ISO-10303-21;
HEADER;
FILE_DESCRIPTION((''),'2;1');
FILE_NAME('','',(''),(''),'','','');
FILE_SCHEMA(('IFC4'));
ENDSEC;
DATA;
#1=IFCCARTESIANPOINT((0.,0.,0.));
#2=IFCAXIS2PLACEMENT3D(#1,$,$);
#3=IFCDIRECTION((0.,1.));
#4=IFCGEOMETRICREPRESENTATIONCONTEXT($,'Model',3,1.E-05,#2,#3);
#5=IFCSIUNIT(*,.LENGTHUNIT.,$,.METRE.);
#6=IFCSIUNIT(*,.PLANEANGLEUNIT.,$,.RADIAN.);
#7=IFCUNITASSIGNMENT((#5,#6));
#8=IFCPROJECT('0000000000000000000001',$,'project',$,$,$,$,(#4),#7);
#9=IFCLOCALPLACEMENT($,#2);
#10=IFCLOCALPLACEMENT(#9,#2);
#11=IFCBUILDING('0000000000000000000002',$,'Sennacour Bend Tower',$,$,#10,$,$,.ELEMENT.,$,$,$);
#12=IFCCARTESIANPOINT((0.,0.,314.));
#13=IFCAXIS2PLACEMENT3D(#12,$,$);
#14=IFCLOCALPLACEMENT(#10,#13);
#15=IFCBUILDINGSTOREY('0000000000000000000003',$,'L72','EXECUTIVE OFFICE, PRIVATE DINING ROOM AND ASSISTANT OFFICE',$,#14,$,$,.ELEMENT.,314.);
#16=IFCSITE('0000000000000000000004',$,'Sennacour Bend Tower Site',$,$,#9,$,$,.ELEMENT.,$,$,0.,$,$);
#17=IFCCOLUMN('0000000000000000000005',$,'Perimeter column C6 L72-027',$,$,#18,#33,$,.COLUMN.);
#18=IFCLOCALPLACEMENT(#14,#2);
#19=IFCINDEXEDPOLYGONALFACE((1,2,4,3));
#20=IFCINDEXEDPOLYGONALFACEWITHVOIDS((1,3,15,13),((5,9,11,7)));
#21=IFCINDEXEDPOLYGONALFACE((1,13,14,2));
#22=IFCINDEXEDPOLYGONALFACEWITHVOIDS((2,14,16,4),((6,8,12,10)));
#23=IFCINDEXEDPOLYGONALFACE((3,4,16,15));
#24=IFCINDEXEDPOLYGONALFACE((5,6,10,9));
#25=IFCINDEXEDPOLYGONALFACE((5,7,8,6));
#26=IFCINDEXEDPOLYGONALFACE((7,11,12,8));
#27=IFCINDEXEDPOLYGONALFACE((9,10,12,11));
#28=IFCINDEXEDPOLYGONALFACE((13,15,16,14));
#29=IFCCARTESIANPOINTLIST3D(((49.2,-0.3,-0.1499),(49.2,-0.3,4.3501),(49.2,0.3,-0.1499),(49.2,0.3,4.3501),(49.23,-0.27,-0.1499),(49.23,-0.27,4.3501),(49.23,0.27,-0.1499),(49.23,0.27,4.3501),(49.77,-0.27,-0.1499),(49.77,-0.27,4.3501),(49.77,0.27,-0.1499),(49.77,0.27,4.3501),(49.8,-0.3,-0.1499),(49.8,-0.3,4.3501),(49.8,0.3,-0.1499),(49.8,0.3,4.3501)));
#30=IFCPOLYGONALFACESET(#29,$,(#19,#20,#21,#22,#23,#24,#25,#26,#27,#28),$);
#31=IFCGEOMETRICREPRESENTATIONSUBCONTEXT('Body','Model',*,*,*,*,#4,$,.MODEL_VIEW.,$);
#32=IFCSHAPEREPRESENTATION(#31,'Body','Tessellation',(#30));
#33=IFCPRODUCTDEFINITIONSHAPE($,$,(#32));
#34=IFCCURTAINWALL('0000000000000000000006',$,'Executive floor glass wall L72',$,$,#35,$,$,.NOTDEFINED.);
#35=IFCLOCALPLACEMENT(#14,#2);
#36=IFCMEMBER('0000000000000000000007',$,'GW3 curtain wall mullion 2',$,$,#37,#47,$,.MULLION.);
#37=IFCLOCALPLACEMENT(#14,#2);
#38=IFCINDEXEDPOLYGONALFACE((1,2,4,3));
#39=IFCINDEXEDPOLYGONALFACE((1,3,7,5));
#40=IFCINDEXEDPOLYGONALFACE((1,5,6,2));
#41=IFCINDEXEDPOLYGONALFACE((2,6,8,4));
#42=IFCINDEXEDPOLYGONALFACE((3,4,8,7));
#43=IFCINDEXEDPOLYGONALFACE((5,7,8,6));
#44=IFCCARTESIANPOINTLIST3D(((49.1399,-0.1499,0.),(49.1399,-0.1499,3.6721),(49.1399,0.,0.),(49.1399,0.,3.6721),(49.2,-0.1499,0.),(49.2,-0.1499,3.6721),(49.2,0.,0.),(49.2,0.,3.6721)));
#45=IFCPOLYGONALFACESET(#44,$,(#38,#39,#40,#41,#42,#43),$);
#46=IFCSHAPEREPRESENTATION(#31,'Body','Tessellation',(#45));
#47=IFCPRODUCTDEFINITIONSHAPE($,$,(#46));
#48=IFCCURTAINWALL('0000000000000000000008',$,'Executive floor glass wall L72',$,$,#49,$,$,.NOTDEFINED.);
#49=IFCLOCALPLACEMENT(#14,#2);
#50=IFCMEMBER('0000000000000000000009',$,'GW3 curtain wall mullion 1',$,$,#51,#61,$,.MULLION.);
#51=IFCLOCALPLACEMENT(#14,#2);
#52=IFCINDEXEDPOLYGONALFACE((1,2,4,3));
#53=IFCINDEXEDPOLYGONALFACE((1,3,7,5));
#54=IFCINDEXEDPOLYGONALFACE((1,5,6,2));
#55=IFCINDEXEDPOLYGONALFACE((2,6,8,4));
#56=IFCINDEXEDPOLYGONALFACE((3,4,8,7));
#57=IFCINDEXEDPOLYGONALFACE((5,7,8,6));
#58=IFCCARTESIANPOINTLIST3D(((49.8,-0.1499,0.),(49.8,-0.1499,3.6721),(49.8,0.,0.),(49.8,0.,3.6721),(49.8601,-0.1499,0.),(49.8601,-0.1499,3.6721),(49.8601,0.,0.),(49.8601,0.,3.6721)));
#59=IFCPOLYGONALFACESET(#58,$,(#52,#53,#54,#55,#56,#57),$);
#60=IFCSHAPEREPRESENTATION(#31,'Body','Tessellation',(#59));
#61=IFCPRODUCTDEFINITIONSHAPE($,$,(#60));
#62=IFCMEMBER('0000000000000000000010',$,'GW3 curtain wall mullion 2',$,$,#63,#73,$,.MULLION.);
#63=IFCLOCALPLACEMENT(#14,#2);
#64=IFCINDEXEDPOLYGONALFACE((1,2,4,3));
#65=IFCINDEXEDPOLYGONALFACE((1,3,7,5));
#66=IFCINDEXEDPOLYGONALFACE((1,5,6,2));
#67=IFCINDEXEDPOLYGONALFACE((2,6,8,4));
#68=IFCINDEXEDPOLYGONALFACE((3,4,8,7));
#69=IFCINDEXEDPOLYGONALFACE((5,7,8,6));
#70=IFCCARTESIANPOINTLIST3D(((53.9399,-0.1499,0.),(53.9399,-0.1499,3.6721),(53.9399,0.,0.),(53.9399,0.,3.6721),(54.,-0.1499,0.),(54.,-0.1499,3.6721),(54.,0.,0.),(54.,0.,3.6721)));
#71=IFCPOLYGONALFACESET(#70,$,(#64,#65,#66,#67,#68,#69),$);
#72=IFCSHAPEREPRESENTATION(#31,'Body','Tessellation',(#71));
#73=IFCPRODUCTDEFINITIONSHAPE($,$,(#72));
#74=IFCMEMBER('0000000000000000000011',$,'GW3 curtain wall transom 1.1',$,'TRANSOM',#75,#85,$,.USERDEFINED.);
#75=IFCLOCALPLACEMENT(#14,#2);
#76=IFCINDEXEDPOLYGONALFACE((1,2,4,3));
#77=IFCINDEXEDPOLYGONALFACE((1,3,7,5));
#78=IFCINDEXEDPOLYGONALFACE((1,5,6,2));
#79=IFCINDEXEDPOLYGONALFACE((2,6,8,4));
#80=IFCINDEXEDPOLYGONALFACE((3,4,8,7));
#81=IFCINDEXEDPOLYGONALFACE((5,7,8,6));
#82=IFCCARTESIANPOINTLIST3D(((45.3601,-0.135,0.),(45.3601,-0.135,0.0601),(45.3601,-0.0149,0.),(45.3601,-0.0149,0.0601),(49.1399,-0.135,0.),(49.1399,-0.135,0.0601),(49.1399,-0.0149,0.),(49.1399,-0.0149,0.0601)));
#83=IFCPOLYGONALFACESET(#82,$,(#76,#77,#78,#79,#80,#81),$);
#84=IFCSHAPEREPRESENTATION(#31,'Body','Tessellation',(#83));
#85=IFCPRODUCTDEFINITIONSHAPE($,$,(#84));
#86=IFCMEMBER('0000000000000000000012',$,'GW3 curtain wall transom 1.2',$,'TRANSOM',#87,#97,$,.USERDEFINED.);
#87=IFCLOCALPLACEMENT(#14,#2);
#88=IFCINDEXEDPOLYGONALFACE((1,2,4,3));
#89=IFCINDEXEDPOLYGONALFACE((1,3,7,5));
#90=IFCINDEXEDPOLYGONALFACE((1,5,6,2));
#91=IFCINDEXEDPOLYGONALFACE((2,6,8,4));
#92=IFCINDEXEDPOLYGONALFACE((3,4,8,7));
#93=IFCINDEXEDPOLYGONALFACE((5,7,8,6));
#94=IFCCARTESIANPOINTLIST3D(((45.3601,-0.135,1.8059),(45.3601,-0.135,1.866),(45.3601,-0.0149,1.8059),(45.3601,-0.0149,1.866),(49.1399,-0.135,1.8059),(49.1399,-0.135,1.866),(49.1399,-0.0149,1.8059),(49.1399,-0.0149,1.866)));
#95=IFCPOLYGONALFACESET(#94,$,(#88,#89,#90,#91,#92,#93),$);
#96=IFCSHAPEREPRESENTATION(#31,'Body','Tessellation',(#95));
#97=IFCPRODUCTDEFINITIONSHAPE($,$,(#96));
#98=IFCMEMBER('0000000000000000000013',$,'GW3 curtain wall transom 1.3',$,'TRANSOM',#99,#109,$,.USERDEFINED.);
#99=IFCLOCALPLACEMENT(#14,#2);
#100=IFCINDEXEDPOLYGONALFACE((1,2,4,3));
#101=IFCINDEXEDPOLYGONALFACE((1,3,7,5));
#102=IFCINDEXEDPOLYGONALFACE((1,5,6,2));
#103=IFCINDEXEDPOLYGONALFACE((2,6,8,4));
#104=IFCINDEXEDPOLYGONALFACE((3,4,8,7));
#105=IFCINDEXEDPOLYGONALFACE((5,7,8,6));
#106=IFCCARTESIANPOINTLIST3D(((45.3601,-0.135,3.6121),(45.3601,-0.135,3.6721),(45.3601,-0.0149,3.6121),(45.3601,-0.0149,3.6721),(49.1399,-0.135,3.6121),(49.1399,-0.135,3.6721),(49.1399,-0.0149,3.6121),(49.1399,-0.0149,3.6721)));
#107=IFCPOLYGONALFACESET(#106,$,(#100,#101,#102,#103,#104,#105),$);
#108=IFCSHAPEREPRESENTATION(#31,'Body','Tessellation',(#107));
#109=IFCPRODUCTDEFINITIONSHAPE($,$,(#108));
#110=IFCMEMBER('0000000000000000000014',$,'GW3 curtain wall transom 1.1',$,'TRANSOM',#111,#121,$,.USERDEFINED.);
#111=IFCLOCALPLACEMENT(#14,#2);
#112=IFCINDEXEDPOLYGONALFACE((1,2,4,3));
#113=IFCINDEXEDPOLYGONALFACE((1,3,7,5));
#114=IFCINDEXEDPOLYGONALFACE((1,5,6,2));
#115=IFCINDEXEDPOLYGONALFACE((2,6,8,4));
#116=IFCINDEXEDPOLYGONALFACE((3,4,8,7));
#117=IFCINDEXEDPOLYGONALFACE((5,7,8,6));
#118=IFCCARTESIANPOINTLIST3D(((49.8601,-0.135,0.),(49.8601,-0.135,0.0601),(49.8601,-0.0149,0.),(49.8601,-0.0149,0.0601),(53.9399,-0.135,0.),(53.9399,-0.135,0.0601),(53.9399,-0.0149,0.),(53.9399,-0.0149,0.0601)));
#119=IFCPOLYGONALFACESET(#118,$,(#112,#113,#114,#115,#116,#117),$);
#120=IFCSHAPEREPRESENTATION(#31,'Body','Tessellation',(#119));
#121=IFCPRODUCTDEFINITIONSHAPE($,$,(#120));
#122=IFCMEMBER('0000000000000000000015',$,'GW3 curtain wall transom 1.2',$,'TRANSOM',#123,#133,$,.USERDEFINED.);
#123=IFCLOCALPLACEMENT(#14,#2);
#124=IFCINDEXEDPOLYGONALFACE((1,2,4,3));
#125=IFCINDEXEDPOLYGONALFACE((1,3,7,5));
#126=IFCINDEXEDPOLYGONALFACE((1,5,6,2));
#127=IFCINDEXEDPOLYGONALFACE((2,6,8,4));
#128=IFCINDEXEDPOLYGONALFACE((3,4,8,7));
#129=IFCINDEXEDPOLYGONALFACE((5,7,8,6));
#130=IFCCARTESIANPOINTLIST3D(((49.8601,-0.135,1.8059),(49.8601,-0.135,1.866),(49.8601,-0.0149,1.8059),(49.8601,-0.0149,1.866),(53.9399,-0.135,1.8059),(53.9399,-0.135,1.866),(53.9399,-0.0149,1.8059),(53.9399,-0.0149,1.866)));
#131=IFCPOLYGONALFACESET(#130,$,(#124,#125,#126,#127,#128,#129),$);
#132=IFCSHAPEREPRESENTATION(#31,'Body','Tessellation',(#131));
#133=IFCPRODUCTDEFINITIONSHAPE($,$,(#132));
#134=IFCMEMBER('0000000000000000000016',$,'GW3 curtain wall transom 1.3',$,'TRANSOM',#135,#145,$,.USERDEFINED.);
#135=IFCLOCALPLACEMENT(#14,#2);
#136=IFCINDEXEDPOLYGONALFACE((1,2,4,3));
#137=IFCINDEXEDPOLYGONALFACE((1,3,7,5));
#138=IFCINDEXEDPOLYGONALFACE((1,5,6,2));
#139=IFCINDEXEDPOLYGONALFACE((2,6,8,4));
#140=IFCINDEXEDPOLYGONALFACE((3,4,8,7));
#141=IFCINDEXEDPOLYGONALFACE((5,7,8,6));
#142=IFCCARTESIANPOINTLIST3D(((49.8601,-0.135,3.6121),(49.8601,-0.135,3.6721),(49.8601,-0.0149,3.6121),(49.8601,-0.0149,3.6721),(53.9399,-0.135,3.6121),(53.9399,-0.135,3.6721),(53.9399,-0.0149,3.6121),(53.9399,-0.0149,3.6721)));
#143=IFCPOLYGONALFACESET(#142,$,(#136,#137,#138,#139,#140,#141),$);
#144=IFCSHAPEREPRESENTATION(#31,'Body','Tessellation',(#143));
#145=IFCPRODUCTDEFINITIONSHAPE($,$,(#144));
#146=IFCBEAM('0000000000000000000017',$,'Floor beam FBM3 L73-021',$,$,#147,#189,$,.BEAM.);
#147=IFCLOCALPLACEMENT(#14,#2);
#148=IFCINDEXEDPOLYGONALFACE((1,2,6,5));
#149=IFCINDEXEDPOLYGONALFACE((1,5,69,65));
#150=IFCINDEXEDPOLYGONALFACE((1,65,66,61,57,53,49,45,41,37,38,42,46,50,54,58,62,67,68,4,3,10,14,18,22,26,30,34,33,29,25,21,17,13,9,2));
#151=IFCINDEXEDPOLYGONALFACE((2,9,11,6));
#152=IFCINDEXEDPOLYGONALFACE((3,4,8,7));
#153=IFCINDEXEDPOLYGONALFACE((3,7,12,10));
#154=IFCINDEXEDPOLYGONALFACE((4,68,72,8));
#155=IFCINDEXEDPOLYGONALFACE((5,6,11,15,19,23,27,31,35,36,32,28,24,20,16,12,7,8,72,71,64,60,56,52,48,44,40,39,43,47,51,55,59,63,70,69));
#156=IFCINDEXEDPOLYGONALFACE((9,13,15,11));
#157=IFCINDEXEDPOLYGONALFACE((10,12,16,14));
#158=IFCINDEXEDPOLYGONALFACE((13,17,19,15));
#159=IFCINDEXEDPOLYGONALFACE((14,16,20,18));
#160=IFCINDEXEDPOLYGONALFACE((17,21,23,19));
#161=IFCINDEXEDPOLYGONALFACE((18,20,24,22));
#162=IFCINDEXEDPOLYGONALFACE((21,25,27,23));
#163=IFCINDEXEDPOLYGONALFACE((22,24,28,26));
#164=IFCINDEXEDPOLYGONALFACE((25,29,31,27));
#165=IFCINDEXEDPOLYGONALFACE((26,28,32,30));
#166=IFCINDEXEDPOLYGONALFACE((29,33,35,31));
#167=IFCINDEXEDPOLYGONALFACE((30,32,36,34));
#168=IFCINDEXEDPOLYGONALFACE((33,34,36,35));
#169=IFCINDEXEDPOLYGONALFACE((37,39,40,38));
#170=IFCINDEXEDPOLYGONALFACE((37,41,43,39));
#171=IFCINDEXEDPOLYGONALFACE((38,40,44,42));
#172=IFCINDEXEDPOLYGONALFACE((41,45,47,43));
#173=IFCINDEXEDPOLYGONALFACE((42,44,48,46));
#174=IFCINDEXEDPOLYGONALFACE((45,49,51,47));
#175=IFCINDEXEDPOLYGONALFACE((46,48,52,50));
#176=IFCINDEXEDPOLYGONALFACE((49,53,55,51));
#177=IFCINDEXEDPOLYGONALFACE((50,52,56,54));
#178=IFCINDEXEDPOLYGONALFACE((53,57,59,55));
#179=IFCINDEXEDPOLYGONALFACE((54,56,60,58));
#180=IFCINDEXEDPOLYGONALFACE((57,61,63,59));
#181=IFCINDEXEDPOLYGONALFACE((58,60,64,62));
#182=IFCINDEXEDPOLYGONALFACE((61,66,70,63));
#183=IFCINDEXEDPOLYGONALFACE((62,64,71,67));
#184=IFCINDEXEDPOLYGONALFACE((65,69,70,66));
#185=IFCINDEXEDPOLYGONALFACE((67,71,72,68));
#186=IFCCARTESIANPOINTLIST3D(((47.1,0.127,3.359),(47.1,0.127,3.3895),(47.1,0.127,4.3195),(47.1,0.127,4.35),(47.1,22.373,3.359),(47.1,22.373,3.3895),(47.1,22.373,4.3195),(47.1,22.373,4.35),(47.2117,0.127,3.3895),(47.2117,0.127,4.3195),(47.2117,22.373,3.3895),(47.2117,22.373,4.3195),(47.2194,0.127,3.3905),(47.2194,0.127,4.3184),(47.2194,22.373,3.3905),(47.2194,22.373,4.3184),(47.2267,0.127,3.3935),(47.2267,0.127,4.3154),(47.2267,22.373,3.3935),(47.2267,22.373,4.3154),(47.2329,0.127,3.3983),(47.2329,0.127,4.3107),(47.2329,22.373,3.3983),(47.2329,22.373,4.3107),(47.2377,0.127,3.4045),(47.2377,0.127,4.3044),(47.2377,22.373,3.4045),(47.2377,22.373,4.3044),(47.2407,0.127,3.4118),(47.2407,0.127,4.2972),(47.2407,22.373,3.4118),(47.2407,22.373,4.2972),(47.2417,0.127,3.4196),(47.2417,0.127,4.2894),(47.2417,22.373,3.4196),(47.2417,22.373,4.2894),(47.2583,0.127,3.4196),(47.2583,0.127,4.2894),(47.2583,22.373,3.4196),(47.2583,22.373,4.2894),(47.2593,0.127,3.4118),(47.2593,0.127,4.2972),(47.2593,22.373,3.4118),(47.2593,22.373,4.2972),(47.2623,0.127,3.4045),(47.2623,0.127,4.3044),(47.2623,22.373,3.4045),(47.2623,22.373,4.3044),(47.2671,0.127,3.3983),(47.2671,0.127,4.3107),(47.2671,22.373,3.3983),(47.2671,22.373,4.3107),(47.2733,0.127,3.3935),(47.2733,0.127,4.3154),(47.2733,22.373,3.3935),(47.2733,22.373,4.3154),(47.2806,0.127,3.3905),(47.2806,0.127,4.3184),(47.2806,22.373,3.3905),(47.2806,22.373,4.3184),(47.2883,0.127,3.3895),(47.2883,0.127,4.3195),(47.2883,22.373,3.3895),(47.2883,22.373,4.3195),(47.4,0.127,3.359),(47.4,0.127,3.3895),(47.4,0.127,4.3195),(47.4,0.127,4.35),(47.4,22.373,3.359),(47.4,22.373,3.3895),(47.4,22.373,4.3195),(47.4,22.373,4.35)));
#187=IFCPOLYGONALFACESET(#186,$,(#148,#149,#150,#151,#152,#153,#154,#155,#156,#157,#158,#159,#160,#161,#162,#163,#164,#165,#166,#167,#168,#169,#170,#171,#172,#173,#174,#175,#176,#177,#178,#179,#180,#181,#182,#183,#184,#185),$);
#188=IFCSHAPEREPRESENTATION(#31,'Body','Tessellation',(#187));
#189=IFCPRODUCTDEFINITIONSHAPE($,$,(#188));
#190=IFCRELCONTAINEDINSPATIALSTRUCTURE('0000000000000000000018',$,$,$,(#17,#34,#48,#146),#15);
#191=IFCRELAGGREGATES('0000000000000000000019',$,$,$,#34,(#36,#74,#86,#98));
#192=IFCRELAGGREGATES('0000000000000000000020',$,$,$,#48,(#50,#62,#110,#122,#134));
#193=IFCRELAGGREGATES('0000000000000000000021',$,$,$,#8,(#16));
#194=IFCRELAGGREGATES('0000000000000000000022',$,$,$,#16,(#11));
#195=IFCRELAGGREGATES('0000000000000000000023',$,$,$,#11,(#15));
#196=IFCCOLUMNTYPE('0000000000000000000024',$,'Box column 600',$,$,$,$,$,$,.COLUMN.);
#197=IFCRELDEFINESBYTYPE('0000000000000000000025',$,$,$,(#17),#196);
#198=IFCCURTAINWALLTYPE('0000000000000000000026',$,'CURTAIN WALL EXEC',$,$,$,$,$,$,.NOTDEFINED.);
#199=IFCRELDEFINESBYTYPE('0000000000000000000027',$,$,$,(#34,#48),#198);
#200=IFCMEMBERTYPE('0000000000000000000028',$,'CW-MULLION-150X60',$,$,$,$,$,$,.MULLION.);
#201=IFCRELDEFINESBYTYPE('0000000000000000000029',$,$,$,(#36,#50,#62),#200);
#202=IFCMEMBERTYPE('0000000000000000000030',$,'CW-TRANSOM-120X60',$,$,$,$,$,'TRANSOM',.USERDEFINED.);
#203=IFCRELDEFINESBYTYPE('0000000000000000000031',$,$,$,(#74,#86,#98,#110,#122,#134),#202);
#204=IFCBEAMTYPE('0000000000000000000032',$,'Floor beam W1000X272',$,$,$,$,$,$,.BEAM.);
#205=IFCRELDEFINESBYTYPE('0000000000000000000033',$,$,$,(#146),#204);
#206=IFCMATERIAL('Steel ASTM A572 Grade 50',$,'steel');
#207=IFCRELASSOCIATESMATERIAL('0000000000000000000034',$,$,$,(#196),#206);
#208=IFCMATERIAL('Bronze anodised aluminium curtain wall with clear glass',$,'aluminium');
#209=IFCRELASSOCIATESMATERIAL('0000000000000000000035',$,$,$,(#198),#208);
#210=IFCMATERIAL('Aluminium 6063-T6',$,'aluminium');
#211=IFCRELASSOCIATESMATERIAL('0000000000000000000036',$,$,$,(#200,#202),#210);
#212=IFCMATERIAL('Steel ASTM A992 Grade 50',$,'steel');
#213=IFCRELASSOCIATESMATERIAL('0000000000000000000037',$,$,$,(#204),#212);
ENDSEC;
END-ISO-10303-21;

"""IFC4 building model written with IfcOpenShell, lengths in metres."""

from ifc_helpers import new_model, si_unit, direction, frame, origin, origin_2d, place, context, subcontext, project, spatial, rectangle, hollow_rectangle, i_section, extrude, material, material_profile, profile_set, type_object, element, aggregate, save


model = new_model("IFC4")

# Units and contexts
model_context = context("Model", 3, precision=1e-05, world=origin(), true_north=direction((0.0, 1.0)))
body_context = subcontext(model_context, "Body", "Model", "MODEL_VIEW")
ifc_project = project(units=[si_unit("LENGTHUNIT", "METRE"), si_unit("PLANEANGLEUNIT", "RADIAN")], contexts=[model_context])

# Site, building, storey
site_placement = place(None, origin())
site = spatial("IfcSite", under=ifc_project, at=site_placement, Name="Sennacour Bend Tower Site", CompositionType="ELEMENT", RefElevation=0.0)
building_placement = place(site_placement, origin())
building = spatial("IfcBuilding", under=site, at=building_placement, Name="Sennacour Bend Tower", CompositionType="ELEMENT")
storey_placement = place(building_placement, frame((0.0, 0.0, 314.0)))
storey = spatial("IfcBuildingStorey", under=building, at=storey_placement, Name="L72", Description="EXECUTIVE OFFICE, PRIVATE DINING ROOM AND ASSISTANT OFFICE", CompositionType="ELEMENT", Elevation=314.0)

# Column
ifc_material_1 = material(Name="Steel ASTM A572 Grade 50", Category="steel")
ifc_material_profile_1 = material_profile(ifc_material_1, hollow_rectangle(XDim=0.6001, YDim=0.6001, WallThickness=0.03, at=origin_2d()), Name="Steel ASTM A572 Grade 50", Category="steel")
ifc_profile_set_1 = profile_set([ifc_material_profile_1], Name="Steel ASTM A572 Grade 50")
column_type = type_object("IfcColumnType", Name="Box column 600", PredefinedType="COLUMN", material=ifc_profile_set_1)
column_placement = place(storey_placement, frame((49.5, 0.0, -0.1499), z_axis=(0.0, 0.0, 1.0), x_axis=(1.0, 0.0, 0.0)))
element("IfcColumn", 1, at=column_placement, inside=storey, type_object=column_type, Name="Perimeter column C6 L72-027", PredefinedType="COLUMN", context=body_context, shape_type="SweptSolid", body=[
    extrude(hollow_rectangle(XDim=0.6001, YDim=0.6001, WallThickness=0.03, at=origin_2d()), origin(), (0.0, 0.0, 1.0), 4.5),
])

# Curtain wall, member
ifc_material_2 = material(Name="Bronze anodised aluminium curtain wall with clear glass", Category="aluminium")
curtain_wall_type = type_object("IfcCurtainWallType", Name="CURTAIN WALL EXEC", PredefinedType="NOTDEFINED", material=ifc_material_2)
curtain_wall_1_placement = place(storey_placement, origin())
curtain_wall_1 = element("IfcCurtainWall", 2, at=curtain_wall_1_placement, inside=storey, type_object=curtain_wall_type, Name="Executive floor glass wall L72", PredefinedType="NOTDEFINED")
ifc_material_3 = material(Name="Aluminium 6063-T6", Category="aluminium")
ifc_material_profile_2 = material_profile(ifc_material_3, rectangle(XDim=0.1499, YDim=0.0601, at=origin_2d()), Name="Aluminium 6063-T6", Category="aluminium")
ifc_profile_set_2 = profile_set([ifc_material_profile_2], Name="Aluminium 6063-T6")
member_type_1 = type_object("IfcMemberType", Name="CW-MULLION-150X60", PredefinedType="MULLION", material=ifc_profile_set_2)
member_1_placement = place(storey_placement, frame((49.1699, -0.075, 0.0), z_axis=(0.0, 0.0, 1.0), x_axis=(0.0, 1.0, 0.0)))
member_1 = element("IfcMember", 3, at=member_1_placement, type_object=member_type_1, Name="GW3 curtain wall mullion 2", PredefinedType="MULLION", context=body_context, shape_type="SweptSolid", body=[
    extrude(rectangle(XDim=0.1499, YDim=0.0601, at=origin_2d()), origin(), (0.0, 0.0, 1.0), 3.6721),
])

# Curtain wall, members
curtain_wall_2_placement = place(storey_placement, origin())
curtain_wall_2 = element("IfcCurtainWall", 4, at=curtain_wall_2_placement, inside=storey, type_object=curtain_wall_type, Name="Executive floor glass wall L72", PredefinedType="NOTDEFINED")
member_2_placement = place(storey_placement, frame((49.8301, -0.075, 0.0), z_axis=(0.0, 0.0, 1.0), x_axis=(0.0, 1.0, 0.0)))
member_2 = element("IfcMember", 5, at=member_2_placement, type_object=member_type_1, Name="GW3 curtain wall mullion 1", PredefinedType="MULLION", context=body_context, shape_type="SweptSolid", body=[
    extrude(rectangle(XDim=0.1499, YDim=0.0601, at=origin_2d()), origin(), (0.0, 0.0, 1.0), 3.6721),
])
member_3_placement = place(storey_placement, frame((53.97, -0.075, 0.0), z_axis=(0.0, 0.0, 1.0), x_axis=(0.0, 1.0, 0.0)))
member_3 = element("IfcMember", 6, at=member_3_placement, type_object=member_type_1, Name="GW3 curtain wall mullion 2", PredefinedType="MULLION", context=body_context, shape_type="SweptSolid", body=[
    extrude(rectangle(XDim=0.1499, YDim=0.0601, at=origin_2d()), origin(), (0.0, 0.0, 1.0), 3.6721),
])

# Members
ifc_material_profile_3 = material_profile(ifc_material_3, rectangle(XDim=0.1201, YDim=0.0601, at=origin_2d()), Name="Aluminium 6063-T6", Category="aluminium")
ifc_profile_set_3 = profile_set([ifc_material_profile_3], Name="Aluminium 6063-T6")
member_type_2 = type_object("IfcMemberType", Name="CW-TRANSOM-120X60", ElementType="TRANSOM", PredefinedType="USERDEFINED", material=ifc_profile_set_3)
member_4_placement = place(storey_placement, frame((45.3601, -0.075, 0.03), z_axis=(1.0, 0.0, 0.0), x_axis=(0.0, 1.0, 0.0)))
member_4 = element("IfcMember", 7, at=member_4_placement, type_object=member_type_2, Name="GW3 curtain wall transom 1.1", ObjectType="TRANSOM", PredefinedType="USERDEFINED", context=body_context, shape_type="SweptSolid", body=[
    extrude(rectangle(XDim=0.1201, YDim=0.0601, at=origin_2d()), origin(), (0.0, 0.0, 1.0), 3.7798),
])
member_5_placement = place(storey_placement, frame((45.3601, -0.075, 1.8359), z_axis=(1.0, 0.0, 0.0), x_axis=(0.0, 1.0, 0.0)))
member_5 = element("IfcMember", 8, at=member_5_placement, type_object=member_type_2, Name="GW3 curtain wall transom 1.2", ObjectType="TRANSOM", PredefinedType="USERDEFINED", context=body_context, shape_type="SweptSolid", body=[
    extrude(rectangle(XDim=0.1201, YDim=0.0601, at=origin_2d()), origin(), (0.0, 0.0, 1.0), 3.7798),
])
member_6_placement = place(storey_placement, frame((45.3601, -0.075, 3.6421), z_axis=(1.0, 0.0, 0.0), x_axis=(0.0, 1.0, 0.0)))
member_6 = element("IfcMember", 9, at=member_6_placement, type_object=member_type_2, Name="GW3 curtain wall transom 1.3", ObjectType="TRANSOM", PredefinedType="USERDEFINED", context=body_context, shape_type="SweptSolid", body=[
    extrude(rectangle(XDim=0.1201, YDim=0.0601, at=origin_2d()), origin(), (0.0, 0.0, 1.0), 3.7798),
])
member_7_placement = place(storey_placement, frame((49.8601, -0.075, 0.03), z_axis=(1.0, 0.0, 0.0), x_axis=(0.0, 1.0, 0.0)))
member_7 = element("IfcMember", 10, at=member_7_placement, type_object=member_type_2, Name="GW3 curtain wall transom 1.1", ObjectType="TRANSOM", PredefinedType="USERDEFINED", context=body_context, shape_type="SweptSolid", body=[
    extrude(rectangle(XDim=0.1201, YDim=0.0601, at=origin_2d()), origin(), (0.0, 0.0, 1.0), 4.0798),
])
member_8_placement = place(storey_placement, frame((49.8601, -0.075, 1.8359), z_axis=(1.0, 0.0, 0.0), x_axis=(0.0, 1.0, 0.0)))
member_8 = element("IfcMember", 11, at=member_8_placement, type_object=member_type_2, Name="GW3 curtain wall transom 1.2", ObjectType="TRANSOM", PredefinedType="USERDEFINED", context=body_context, shape_type="SweptSolid", body=[
    extrude(rectangle(XDim=0.1201, YDim=0.0601, at=origin_2d()), origin(), (0.0, 0.0, 1.0), 4.0798),
])
member_9_placement = place(storey_placement, frame((49.8601, -0.075, 3.6421), z_axis=(1.0, 0.0, 0.0), x_axis=(0.0, 1.0, 0.0)))
member_9 = element("IfcMember", 12, at=member_9_placement, type_object=member_type_2, Name="GW3 curtain wall transom 1.3", ObjectType="TRANSOM", PredefinedType="USERDEFINED", context=body_context, shape_type="SweptSolid", body=[
    extrude(rectangle(XDim=0.1201, YDim=0.0601, at=origin_2d()), origin(), (0.0, 0.0, 1.0), 4.0798),
])

# Beam
ifc_material_4 = material(Name="Steel ASTM A992 Grade 50", Category="steel")
ifc_material_profile_4 = material_profile(ifc_material_4, i_section(OverallWidth=0.3, OverallDepth=0.991, WebThickness=0.0166, FlangeThickness=0.0305, FilletRadius=0.03, at=origin_2d()), Name="Steel ASTM A992 Grade 50", Category="steel")
ifc_profile_set_4 = profile_set([ifc_material_profile_4], Name="Steel ASTM A992 Grade 50")
beam_type_1 = type_object("IfcBeamType", Name="Floor beam W1000X272", PredefinedType="BEAM", material=ifc_profile_set_4)
beam_1_placement = place(storey_placement, frame((47.25, 0.127, 3.8545), z_axis=(0.0, 1.0, 0.0), x_axis=(-1.0, 0.0, 0.0)))
element("IfcBeam", 13, at=beam_1_placement, inside=storey, type_object=beam_type_1, Name="Floor beam FBM3 L73-021", PredefinedType="BEAM", context=body_context, shape_type="SweptSolid", body=[
    extrude(i_section(OverallWidth=0.3, OverallDepth=0.991, WebThickness=0.0166, FlangeThickness=0.0305, FilletRadius=0.03, at=origin_2d()), origin(), (0.0, 0.0, 1.0), 22.2461),
])

aggregate(curtain_wall_1, [member_1, member_4, member_5, member_6])
aggregate(curtain_wall_2, [member_2, member_3, member_7, member_8, member_9])

save(model, "model.ifc")
